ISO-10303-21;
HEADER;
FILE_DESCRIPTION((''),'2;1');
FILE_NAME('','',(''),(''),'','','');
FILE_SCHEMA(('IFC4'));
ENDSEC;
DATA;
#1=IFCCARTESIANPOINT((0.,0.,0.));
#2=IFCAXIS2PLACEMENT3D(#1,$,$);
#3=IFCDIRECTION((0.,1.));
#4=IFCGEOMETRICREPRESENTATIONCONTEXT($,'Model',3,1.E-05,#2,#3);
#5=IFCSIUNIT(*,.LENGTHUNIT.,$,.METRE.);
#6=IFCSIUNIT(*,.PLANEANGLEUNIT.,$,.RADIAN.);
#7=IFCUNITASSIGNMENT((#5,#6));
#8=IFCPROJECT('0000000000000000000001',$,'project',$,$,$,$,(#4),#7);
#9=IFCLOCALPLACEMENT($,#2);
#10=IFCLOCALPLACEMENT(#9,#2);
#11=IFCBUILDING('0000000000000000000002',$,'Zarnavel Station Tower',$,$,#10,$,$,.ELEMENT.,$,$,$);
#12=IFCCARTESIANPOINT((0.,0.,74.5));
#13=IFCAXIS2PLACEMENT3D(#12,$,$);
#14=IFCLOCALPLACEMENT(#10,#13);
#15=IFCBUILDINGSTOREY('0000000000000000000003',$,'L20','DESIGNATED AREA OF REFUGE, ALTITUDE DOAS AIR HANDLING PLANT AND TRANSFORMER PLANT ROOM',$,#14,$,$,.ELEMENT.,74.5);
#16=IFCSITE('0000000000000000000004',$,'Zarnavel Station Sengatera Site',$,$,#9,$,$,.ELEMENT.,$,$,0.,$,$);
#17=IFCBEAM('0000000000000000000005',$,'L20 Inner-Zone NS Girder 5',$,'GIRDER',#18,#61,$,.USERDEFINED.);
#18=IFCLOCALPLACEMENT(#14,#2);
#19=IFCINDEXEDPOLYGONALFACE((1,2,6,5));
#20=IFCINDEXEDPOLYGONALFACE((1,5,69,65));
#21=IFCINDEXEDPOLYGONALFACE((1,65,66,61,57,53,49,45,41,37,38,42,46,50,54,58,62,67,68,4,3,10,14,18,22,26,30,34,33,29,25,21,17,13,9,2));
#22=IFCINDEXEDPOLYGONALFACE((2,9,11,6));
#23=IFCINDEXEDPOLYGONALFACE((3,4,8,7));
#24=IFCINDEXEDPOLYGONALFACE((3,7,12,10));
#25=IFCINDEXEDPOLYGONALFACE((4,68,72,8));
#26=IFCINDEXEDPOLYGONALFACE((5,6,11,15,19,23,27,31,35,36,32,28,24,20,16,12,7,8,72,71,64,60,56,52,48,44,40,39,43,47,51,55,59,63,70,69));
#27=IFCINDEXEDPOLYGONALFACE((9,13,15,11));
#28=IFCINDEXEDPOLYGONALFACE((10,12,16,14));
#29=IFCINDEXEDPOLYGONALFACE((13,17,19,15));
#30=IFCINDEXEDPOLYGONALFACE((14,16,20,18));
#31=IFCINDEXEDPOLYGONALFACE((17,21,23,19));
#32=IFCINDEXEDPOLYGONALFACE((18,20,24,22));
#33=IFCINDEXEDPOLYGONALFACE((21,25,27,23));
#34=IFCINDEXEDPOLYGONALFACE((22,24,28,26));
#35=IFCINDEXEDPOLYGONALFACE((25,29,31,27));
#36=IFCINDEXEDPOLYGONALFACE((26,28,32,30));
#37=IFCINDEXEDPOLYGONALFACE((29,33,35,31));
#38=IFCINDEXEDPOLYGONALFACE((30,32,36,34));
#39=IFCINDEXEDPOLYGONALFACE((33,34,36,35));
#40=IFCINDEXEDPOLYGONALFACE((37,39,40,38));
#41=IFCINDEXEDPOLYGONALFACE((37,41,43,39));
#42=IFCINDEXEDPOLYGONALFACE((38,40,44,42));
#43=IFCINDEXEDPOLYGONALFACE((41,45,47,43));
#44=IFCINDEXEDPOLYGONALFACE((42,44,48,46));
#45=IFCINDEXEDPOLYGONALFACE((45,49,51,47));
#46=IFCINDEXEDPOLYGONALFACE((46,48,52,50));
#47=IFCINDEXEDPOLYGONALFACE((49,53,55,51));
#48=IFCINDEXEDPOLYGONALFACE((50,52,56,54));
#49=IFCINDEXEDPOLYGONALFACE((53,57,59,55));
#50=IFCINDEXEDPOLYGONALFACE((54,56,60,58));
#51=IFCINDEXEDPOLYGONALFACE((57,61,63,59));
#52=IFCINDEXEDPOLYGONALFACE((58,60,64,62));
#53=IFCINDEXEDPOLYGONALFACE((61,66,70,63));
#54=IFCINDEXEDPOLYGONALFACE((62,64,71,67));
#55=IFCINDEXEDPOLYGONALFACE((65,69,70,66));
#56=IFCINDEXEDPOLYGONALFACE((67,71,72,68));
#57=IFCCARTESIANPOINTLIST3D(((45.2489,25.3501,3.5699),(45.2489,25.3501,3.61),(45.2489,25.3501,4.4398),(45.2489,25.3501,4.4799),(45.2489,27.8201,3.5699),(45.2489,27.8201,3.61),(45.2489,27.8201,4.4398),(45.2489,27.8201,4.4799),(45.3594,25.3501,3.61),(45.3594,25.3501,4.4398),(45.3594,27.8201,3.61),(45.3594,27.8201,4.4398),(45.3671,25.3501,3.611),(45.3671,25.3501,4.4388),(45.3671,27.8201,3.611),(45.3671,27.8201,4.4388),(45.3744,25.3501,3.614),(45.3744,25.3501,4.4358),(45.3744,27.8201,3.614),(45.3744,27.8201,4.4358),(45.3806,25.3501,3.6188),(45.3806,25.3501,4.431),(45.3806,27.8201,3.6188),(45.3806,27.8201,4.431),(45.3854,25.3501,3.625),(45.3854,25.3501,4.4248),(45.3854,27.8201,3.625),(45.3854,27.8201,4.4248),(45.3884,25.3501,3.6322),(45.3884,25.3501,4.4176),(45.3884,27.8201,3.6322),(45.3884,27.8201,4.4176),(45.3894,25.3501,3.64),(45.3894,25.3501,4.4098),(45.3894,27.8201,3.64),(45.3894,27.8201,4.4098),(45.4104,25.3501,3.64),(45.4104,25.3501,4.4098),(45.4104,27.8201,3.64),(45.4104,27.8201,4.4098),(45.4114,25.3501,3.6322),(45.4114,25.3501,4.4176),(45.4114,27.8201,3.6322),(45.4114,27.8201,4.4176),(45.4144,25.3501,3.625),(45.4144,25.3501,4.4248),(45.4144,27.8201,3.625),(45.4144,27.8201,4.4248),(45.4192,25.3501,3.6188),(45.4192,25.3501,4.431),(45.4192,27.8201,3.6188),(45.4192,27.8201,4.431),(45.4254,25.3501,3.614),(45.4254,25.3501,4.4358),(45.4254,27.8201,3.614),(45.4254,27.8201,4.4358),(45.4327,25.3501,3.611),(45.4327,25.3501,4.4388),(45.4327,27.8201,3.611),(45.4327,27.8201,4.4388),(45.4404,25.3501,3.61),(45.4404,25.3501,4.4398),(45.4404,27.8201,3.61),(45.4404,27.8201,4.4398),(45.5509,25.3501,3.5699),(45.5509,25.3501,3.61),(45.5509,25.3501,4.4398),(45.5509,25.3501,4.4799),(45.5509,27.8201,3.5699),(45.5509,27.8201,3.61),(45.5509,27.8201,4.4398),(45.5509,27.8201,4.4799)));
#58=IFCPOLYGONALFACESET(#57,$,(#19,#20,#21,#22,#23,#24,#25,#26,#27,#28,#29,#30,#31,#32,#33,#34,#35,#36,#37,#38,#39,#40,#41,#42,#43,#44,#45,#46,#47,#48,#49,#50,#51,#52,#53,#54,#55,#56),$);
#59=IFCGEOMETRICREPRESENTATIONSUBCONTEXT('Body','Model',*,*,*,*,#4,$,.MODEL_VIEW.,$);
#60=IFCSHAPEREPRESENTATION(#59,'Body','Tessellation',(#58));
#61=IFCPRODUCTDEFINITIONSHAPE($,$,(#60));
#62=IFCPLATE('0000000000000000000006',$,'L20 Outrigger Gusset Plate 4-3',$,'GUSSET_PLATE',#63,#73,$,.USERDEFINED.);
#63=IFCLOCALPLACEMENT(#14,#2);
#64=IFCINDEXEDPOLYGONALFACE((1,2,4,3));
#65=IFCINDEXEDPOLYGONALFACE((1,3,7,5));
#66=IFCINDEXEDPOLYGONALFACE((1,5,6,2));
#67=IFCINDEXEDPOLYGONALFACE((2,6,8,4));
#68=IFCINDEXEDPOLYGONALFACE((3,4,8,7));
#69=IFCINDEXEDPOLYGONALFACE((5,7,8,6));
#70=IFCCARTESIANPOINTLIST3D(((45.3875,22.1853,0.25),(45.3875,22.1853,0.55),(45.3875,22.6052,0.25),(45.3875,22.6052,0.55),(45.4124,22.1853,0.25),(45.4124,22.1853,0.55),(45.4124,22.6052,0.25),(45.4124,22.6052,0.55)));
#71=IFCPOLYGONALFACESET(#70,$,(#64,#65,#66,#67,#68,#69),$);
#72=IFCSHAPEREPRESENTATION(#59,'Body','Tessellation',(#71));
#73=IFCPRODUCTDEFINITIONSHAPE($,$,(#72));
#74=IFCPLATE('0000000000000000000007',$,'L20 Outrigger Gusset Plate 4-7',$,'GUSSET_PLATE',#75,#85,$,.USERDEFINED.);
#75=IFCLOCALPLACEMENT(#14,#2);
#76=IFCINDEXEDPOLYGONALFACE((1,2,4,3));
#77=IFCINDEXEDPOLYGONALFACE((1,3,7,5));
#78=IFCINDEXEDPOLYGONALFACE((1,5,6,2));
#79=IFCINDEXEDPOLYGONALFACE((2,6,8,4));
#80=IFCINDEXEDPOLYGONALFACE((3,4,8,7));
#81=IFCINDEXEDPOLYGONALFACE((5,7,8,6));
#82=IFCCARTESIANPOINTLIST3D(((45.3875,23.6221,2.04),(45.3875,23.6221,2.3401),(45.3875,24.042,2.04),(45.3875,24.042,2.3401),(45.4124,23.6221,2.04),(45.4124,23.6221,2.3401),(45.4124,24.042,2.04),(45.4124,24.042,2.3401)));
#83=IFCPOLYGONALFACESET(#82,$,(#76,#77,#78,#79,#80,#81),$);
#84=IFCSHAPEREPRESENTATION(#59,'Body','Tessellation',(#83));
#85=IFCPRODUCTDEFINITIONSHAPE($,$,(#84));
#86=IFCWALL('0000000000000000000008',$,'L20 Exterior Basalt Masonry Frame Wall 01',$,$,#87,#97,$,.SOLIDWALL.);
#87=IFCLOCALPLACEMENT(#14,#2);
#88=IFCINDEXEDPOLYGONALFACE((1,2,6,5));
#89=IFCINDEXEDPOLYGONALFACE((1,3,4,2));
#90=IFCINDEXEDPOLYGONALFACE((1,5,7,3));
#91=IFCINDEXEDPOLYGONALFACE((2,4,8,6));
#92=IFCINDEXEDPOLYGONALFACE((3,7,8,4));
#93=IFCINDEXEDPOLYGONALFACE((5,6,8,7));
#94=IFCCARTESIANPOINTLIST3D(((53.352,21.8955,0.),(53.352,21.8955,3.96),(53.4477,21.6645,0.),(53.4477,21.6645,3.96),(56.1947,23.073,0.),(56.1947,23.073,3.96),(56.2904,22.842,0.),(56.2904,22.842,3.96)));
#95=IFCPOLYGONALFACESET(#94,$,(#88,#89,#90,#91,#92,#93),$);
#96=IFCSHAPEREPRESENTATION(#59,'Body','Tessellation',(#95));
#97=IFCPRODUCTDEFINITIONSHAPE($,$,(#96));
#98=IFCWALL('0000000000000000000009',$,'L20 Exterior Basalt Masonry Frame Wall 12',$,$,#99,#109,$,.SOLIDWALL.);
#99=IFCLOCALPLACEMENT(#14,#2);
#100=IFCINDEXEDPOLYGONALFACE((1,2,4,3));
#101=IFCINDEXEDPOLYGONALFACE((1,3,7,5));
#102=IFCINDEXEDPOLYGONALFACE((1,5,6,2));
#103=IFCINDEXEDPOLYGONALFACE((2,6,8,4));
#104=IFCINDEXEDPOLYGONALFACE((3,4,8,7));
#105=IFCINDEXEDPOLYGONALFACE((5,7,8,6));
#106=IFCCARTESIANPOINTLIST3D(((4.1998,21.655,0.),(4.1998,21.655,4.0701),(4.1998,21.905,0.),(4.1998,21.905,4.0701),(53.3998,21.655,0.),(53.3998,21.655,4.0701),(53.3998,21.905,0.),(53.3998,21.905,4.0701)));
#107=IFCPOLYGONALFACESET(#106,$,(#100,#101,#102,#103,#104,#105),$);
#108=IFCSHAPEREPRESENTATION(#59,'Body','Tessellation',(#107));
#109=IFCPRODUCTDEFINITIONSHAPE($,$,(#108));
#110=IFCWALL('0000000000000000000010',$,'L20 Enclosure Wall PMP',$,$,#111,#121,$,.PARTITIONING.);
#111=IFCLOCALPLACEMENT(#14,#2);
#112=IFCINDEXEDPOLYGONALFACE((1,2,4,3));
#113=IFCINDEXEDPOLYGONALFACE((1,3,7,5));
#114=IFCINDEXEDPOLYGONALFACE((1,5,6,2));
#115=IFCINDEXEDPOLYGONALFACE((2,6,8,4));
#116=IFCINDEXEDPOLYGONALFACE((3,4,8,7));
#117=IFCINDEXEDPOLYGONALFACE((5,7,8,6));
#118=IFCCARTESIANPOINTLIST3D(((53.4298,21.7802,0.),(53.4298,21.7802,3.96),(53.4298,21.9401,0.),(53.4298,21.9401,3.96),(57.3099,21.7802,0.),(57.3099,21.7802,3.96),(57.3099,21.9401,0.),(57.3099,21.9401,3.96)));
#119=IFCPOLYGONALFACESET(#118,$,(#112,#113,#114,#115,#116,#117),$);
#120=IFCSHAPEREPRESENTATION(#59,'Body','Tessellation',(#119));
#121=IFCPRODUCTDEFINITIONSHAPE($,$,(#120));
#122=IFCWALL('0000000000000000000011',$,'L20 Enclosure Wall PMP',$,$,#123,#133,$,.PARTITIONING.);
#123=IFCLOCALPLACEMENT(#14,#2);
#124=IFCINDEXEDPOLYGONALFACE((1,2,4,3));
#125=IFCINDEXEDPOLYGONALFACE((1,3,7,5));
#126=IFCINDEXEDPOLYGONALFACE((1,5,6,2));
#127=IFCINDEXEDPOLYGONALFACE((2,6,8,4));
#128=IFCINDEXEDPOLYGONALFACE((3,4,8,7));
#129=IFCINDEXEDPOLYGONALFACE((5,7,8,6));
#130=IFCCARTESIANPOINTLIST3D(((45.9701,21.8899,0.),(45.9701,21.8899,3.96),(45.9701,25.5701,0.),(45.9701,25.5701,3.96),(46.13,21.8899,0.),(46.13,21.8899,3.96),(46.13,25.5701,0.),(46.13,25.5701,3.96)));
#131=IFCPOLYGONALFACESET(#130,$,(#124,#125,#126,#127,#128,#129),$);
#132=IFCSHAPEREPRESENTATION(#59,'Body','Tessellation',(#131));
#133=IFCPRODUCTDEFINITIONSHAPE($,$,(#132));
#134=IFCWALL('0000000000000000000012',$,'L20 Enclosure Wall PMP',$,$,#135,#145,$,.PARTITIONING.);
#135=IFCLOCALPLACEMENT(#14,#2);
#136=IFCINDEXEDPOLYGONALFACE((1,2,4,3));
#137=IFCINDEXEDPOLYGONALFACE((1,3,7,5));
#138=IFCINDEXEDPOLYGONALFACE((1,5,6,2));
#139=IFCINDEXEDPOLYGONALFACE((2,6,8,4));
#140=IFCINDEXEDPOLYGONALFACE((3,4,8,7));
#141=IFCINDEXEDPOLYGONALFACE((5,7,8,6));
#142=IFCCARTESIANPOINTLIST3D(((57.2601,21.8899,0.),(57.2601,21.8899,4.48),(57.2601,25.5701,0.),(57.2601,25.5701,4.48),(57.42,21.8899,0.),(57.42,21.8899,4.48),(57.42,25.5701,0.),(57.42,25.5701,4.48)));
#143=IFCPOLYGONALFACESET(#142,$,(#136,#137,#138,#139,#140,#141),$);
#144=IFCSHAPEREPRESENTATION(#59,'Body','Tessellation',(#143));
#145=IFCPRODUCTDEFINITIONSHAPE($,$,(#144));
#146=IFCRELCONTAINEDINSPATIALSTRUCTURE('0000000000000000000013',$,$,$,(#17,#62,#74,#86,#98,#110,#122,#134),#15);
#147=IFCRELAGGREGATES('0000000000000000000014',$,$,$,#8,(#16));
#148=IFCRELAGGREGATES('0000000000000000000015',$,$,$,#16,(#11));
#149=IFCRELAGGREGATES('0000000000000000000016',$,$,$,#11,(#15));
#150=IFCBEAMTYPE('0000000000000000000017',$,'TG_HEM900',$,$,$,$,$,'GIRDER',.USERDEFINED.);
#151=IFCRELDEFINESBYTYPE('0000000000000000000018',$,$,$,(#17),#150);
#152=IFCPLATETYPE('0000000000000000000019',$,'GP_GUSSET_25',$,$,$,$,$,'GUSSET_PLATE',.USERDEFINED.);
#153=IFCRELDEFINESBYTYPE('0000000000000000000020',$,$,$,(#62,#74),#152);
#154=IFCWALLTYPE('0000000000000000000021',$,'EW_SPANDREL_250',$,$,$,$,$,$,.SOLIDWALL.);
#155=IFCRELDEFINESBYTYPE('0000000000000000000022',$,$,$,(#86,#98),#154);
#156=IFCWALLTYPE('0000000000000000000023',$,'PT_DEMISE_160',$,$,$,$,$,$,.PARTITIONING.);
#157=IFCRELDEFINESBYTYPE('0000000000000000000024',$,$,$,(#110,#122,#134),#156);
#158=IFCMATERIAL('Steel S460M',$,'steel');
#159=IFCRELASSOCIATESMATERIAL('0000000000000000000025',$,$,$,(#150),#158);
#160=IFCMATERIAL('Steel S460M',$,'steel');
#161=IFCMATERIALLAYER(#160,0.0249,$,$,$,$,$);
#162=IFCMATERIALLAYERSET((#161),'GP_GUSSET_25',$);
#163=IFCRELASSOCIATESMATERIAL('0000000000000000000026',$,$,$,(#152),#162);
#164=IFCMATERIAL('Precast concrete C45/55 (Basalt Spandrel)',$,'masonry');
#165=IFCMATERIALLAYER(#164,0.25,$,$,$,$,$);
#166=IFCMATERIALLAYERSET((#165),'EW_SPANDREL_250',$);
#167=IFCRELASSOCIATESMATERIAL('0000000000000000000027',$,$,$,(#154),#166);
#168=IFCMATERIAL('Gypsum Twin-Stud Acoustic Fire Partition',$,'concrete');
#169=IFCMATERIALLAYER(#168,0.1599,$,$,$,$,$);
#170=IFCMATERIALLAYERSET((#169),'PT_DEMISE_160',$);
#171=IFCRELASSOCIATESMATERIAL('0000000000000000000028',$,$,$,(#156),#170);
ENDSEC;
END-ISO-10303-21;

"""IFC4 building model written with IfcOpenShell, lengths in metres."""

from ifc_helpers import new_model, si_unit, direction, frame, frame_2d, origin, origin_2d, place, context, subcontext, project, spatial, rectangle, i_section, extrude, material, layer, layer_set, material_profile, profile_set, type_object, element, save


model = new_model("IFC4")

# Units and contexts
model_context = context("Model", 3, precision=1e-05, world=origin(), true_north=direction((0.0, 1.0)))
body_context = subcontext(model_context, "Body", "Model", "MODEL_VIEW")
ifc_project = project(units=[si_unit("LENGTHUNIT", "METRE"), si_unit("PLANEANGLEUNIT", "RADIAN")], contexts=[model_context])

# Site, building, storey
site_placement = place(None, origin())
site = spatial("IfcSite", under=ifc_project, at=site_placement, Name="Zarnavel Station Sengatera Site", CompositionType="ELEMENT", RefElevation=0.0)
building_placement = place(site_placement, origin())
building = spatial("IfcBuilding", under=site, at=building_placement, Name="Zarnavel Station Tower", CompositionType="ELEMENT")
storey_placement = place(building_placement, frame((0.0, 0.0, 74.5)))
storey = spatial("IfcBuildingStorey", under=building, at=storey_placement, Name="L20", Description="DESIGNATED AREA OF REFUGE, ALTITUDE DOAS AIR HANDLING PLANT AND TRANSFORMER PLANT ROOM", CompositionType="ELEMENT", Elevation=74.5)

# Beam
ifc_material_1 = material(Name="Steel S460M", Category="steel")
ifc_material_profile_1 = material_profile(ifc_material_1, i_section(OverallWidth=0.302, OverallDepth=0.9099, WebThickness=0.021, FlangeThickness=0.04, FilletRadius=0.03, at=origin_2d()), Name="HEM900")
ifc_profile_set_1 = profile_set([ifc_material_profile_1], Name="Steel S460M")
beam_type_1 = type_object("IfcBeamType", Name="TG_HEM900", ElementType="GIRDER", PredefinedType="USERDEFINED", material=ifc_profile_set_1)
beam_1_placement = place(storey_placement, frame((45.3999, 25.3501, 4.0249), z_axis=(0.0, 1.0, 0.0), x_axis=(-1.0, 0.0, 0.0)))
element("IfcBeam", 1, at=beam_1_placement, inside=storey, type_object=beam_type_1, Name="L20 Inner-Zone NS Girder 5", ObjectType="GIRDER", PredefinedType="USERDEFINED", context=body_context, shape_type="SweptSolid", body=[
    extrude(i_section(OverallWidth=0.302, OverallDepth=0.9099, WebThickness=0.021, FlangeThickness=0.04, FilletRadius=0.03, at=origin_2d()), origin(), (0.0, 0.0, 1.0), 2.47),
])

# Plates
ifc_material_2 = material(Name="Steel S460M", Category="steel")
ifc_layer_1 = layer(ifc_material_2, 0.0249)
ifc_layer_set_1 = layer_set([ifc_layer_1], Name="GP_GUSSET_25")
plate_type = type_object("IfcPlateType", Name="GP_GUSSET_25", ElementType="GUSSET_PLATE", PredefinedType="USERDEFINED", material=ifc_layer_set_1)
for number, where, z_axis, x_axis, name in (
    (2, (45.3999, 22.3953, 0.25), (0.0, 0.0, 1.0), (1.0, 0.0, 0.0), "L20 Outrigger Gusset Plate 4-3"),
    (3, (45.3999, 23.832, 2.04), (0.0, 0.0, 1.0), (1.0, 0.0, 0.0), "L20 Outrigger Gusset Plate 4-7"),
):
    element("IfcPlate", number, at=place(storey_placement, frame(where, z_axis=z_axis, x_axis=x_axis)), inside=storey, type_object=plate_type, Name=name, ObjectType="GUSSET_PLATE", PredefinedType="USERDEFINED", context=body_context, shape_type="SweptSolid", body=[
        extrude(rectangle(XDim=0.0249, YDim=0.4199, at=origin_2d()), origin(), (0.0, 0.0, 1.0), 0.3),
    ])

# Walls
ifc_material_3 = material(Name="Precast concrete C45/55 (Basalt Spandrel)", Category="masonry")
ifc_layer_2 = layer(ifc_material_3, 0.25)
ifc_layer_set_2 = layer_set([ifc_layer_2], Name="EW_SPANDREL_250")
wall_type_1 = type_object("IfcWallType", Name="EW_SPANDREL_250", PredefinedType="SOLIDWALL", material=ifc_layer_set_2)
wall_1_placement = place(storey_placement, frame((56.2427, 22.9575, 0.0), z_axis=(0.0, 0.0, 1.0), x_axis=(-0.923882, -0.382676, 0.0)))
element("IfcWall", 4, at=wall_1_placement, inside=storey, type_object=wall_type_1, Name="L20 Exterior Basalt Masonry Frame Wall 01", PredefinedType="SOLIDWALL", context=body_context, shape_type="SweptSolid", body=[
    extrude(rectangle(XDim=3.0769, YDim=0.25, at=frame_2d((1.5386, 0.0))), origin(), (0.0, 0.0, 1.0), 3.96),
])
wall_2_placement = place(storey_placement, frame((53.3999, 21.78, 0.0), z_axis=(0.0, 0.0, 1.0), x_axis=(-1.0, 0.0, 0.0)))
element("IfcWall", 5, at=wall_2_placement, inside=storey, type_object=wall_type_1, Name="L20 Exterior Basalt Masonry Frame Wall 12", PredefinedType="SOLIDWALL", context=body_context, shape_type="SweptSolid", body=[
    extrude(rectangle(XDim=49.2, YDim=0.25, at=frame_2d((24.6001, 0.0))), origin(), (0.0, 0.0, 1.0), 4.0701),
])
ifc_material_4 = material(Name="Gypsum Twin-Stud Acoustic Fire Partition", Category="concrete")
ifc_layer_3 = layer(ifc_material_4, 0.1599)
ifc_layer_set_3 = layer_set([ifc_layer_3], Name="PT_DEMISE_160")
wall_type_2 = type_object("IfcWallType", Name="PT_DEMISE_160", PredefinedType="PARTITIONING", material=ifc_layer_set_3)
wall_3_placement = place(storey_placement, frame((53.4299, 21.8601, 0.0), z_axis=(0.0, 0.0, 1.0), x_axis=(1.0, 0.0, 0.0)))
element("IfcWall", 6, at=wall_3_placement, inside=storey, type_object=wall_type_2, Name="L20 Enclosure Wall PMP", PredefinedType="PARTITIONING", context=body_context, shape_type="SweptSolid", body=[
    extrude(rectangle(XDim=3.8801, YDim=0.1599, at=frame_2d((1.9399, 0.0))), origin(), (0.0, 0.0, 1.0), 3.96),
])
wall_4_placement = place(storey_placement, frame((46.05, 21.8899, 0.0), z_axis=(0.0, 0.0, 1.0), x_axis=(0.0, 1.0, 0.0)))
element("IfcWall", 7, at=wall_4_placement, inside=storey, type_object=wall_type_2, Name="L20 Enclosure Wall PMP", PredefinedType="PARTITIONING", context=body_context, shape_type="SweptSolid", body=[
    extrude(rectangle(XDim=3.6802, YDim=0.1599, at=frame_2d((1.8401, 0.0))), origin(), (0.0, 0.0, 1.0), 3.96),
])
wall_5_placement = place(storey_placement, frame((57.3401, 21.8899, 0.0), z_axis=(0.0, 0.0, 1.0), x_axis=(0.0, 1.0, 0.0)))
element("IfcWall", 8, at=wall_5_placement, inside=storey, type_object=wall_type_2, Name="L20 Enclosure Wall PMP", PredefinedType="PARTITIONING", context=body_context, shape_type="SweptSolid", body=[
    extrude(rectangle(XDim=3.6802, YDim=0.1599, at=frame_2d((1.8401, 0.0))), origin(), (0.0, 0.0, 1.0), 4.48),
])

save(model, "model.ifc")
